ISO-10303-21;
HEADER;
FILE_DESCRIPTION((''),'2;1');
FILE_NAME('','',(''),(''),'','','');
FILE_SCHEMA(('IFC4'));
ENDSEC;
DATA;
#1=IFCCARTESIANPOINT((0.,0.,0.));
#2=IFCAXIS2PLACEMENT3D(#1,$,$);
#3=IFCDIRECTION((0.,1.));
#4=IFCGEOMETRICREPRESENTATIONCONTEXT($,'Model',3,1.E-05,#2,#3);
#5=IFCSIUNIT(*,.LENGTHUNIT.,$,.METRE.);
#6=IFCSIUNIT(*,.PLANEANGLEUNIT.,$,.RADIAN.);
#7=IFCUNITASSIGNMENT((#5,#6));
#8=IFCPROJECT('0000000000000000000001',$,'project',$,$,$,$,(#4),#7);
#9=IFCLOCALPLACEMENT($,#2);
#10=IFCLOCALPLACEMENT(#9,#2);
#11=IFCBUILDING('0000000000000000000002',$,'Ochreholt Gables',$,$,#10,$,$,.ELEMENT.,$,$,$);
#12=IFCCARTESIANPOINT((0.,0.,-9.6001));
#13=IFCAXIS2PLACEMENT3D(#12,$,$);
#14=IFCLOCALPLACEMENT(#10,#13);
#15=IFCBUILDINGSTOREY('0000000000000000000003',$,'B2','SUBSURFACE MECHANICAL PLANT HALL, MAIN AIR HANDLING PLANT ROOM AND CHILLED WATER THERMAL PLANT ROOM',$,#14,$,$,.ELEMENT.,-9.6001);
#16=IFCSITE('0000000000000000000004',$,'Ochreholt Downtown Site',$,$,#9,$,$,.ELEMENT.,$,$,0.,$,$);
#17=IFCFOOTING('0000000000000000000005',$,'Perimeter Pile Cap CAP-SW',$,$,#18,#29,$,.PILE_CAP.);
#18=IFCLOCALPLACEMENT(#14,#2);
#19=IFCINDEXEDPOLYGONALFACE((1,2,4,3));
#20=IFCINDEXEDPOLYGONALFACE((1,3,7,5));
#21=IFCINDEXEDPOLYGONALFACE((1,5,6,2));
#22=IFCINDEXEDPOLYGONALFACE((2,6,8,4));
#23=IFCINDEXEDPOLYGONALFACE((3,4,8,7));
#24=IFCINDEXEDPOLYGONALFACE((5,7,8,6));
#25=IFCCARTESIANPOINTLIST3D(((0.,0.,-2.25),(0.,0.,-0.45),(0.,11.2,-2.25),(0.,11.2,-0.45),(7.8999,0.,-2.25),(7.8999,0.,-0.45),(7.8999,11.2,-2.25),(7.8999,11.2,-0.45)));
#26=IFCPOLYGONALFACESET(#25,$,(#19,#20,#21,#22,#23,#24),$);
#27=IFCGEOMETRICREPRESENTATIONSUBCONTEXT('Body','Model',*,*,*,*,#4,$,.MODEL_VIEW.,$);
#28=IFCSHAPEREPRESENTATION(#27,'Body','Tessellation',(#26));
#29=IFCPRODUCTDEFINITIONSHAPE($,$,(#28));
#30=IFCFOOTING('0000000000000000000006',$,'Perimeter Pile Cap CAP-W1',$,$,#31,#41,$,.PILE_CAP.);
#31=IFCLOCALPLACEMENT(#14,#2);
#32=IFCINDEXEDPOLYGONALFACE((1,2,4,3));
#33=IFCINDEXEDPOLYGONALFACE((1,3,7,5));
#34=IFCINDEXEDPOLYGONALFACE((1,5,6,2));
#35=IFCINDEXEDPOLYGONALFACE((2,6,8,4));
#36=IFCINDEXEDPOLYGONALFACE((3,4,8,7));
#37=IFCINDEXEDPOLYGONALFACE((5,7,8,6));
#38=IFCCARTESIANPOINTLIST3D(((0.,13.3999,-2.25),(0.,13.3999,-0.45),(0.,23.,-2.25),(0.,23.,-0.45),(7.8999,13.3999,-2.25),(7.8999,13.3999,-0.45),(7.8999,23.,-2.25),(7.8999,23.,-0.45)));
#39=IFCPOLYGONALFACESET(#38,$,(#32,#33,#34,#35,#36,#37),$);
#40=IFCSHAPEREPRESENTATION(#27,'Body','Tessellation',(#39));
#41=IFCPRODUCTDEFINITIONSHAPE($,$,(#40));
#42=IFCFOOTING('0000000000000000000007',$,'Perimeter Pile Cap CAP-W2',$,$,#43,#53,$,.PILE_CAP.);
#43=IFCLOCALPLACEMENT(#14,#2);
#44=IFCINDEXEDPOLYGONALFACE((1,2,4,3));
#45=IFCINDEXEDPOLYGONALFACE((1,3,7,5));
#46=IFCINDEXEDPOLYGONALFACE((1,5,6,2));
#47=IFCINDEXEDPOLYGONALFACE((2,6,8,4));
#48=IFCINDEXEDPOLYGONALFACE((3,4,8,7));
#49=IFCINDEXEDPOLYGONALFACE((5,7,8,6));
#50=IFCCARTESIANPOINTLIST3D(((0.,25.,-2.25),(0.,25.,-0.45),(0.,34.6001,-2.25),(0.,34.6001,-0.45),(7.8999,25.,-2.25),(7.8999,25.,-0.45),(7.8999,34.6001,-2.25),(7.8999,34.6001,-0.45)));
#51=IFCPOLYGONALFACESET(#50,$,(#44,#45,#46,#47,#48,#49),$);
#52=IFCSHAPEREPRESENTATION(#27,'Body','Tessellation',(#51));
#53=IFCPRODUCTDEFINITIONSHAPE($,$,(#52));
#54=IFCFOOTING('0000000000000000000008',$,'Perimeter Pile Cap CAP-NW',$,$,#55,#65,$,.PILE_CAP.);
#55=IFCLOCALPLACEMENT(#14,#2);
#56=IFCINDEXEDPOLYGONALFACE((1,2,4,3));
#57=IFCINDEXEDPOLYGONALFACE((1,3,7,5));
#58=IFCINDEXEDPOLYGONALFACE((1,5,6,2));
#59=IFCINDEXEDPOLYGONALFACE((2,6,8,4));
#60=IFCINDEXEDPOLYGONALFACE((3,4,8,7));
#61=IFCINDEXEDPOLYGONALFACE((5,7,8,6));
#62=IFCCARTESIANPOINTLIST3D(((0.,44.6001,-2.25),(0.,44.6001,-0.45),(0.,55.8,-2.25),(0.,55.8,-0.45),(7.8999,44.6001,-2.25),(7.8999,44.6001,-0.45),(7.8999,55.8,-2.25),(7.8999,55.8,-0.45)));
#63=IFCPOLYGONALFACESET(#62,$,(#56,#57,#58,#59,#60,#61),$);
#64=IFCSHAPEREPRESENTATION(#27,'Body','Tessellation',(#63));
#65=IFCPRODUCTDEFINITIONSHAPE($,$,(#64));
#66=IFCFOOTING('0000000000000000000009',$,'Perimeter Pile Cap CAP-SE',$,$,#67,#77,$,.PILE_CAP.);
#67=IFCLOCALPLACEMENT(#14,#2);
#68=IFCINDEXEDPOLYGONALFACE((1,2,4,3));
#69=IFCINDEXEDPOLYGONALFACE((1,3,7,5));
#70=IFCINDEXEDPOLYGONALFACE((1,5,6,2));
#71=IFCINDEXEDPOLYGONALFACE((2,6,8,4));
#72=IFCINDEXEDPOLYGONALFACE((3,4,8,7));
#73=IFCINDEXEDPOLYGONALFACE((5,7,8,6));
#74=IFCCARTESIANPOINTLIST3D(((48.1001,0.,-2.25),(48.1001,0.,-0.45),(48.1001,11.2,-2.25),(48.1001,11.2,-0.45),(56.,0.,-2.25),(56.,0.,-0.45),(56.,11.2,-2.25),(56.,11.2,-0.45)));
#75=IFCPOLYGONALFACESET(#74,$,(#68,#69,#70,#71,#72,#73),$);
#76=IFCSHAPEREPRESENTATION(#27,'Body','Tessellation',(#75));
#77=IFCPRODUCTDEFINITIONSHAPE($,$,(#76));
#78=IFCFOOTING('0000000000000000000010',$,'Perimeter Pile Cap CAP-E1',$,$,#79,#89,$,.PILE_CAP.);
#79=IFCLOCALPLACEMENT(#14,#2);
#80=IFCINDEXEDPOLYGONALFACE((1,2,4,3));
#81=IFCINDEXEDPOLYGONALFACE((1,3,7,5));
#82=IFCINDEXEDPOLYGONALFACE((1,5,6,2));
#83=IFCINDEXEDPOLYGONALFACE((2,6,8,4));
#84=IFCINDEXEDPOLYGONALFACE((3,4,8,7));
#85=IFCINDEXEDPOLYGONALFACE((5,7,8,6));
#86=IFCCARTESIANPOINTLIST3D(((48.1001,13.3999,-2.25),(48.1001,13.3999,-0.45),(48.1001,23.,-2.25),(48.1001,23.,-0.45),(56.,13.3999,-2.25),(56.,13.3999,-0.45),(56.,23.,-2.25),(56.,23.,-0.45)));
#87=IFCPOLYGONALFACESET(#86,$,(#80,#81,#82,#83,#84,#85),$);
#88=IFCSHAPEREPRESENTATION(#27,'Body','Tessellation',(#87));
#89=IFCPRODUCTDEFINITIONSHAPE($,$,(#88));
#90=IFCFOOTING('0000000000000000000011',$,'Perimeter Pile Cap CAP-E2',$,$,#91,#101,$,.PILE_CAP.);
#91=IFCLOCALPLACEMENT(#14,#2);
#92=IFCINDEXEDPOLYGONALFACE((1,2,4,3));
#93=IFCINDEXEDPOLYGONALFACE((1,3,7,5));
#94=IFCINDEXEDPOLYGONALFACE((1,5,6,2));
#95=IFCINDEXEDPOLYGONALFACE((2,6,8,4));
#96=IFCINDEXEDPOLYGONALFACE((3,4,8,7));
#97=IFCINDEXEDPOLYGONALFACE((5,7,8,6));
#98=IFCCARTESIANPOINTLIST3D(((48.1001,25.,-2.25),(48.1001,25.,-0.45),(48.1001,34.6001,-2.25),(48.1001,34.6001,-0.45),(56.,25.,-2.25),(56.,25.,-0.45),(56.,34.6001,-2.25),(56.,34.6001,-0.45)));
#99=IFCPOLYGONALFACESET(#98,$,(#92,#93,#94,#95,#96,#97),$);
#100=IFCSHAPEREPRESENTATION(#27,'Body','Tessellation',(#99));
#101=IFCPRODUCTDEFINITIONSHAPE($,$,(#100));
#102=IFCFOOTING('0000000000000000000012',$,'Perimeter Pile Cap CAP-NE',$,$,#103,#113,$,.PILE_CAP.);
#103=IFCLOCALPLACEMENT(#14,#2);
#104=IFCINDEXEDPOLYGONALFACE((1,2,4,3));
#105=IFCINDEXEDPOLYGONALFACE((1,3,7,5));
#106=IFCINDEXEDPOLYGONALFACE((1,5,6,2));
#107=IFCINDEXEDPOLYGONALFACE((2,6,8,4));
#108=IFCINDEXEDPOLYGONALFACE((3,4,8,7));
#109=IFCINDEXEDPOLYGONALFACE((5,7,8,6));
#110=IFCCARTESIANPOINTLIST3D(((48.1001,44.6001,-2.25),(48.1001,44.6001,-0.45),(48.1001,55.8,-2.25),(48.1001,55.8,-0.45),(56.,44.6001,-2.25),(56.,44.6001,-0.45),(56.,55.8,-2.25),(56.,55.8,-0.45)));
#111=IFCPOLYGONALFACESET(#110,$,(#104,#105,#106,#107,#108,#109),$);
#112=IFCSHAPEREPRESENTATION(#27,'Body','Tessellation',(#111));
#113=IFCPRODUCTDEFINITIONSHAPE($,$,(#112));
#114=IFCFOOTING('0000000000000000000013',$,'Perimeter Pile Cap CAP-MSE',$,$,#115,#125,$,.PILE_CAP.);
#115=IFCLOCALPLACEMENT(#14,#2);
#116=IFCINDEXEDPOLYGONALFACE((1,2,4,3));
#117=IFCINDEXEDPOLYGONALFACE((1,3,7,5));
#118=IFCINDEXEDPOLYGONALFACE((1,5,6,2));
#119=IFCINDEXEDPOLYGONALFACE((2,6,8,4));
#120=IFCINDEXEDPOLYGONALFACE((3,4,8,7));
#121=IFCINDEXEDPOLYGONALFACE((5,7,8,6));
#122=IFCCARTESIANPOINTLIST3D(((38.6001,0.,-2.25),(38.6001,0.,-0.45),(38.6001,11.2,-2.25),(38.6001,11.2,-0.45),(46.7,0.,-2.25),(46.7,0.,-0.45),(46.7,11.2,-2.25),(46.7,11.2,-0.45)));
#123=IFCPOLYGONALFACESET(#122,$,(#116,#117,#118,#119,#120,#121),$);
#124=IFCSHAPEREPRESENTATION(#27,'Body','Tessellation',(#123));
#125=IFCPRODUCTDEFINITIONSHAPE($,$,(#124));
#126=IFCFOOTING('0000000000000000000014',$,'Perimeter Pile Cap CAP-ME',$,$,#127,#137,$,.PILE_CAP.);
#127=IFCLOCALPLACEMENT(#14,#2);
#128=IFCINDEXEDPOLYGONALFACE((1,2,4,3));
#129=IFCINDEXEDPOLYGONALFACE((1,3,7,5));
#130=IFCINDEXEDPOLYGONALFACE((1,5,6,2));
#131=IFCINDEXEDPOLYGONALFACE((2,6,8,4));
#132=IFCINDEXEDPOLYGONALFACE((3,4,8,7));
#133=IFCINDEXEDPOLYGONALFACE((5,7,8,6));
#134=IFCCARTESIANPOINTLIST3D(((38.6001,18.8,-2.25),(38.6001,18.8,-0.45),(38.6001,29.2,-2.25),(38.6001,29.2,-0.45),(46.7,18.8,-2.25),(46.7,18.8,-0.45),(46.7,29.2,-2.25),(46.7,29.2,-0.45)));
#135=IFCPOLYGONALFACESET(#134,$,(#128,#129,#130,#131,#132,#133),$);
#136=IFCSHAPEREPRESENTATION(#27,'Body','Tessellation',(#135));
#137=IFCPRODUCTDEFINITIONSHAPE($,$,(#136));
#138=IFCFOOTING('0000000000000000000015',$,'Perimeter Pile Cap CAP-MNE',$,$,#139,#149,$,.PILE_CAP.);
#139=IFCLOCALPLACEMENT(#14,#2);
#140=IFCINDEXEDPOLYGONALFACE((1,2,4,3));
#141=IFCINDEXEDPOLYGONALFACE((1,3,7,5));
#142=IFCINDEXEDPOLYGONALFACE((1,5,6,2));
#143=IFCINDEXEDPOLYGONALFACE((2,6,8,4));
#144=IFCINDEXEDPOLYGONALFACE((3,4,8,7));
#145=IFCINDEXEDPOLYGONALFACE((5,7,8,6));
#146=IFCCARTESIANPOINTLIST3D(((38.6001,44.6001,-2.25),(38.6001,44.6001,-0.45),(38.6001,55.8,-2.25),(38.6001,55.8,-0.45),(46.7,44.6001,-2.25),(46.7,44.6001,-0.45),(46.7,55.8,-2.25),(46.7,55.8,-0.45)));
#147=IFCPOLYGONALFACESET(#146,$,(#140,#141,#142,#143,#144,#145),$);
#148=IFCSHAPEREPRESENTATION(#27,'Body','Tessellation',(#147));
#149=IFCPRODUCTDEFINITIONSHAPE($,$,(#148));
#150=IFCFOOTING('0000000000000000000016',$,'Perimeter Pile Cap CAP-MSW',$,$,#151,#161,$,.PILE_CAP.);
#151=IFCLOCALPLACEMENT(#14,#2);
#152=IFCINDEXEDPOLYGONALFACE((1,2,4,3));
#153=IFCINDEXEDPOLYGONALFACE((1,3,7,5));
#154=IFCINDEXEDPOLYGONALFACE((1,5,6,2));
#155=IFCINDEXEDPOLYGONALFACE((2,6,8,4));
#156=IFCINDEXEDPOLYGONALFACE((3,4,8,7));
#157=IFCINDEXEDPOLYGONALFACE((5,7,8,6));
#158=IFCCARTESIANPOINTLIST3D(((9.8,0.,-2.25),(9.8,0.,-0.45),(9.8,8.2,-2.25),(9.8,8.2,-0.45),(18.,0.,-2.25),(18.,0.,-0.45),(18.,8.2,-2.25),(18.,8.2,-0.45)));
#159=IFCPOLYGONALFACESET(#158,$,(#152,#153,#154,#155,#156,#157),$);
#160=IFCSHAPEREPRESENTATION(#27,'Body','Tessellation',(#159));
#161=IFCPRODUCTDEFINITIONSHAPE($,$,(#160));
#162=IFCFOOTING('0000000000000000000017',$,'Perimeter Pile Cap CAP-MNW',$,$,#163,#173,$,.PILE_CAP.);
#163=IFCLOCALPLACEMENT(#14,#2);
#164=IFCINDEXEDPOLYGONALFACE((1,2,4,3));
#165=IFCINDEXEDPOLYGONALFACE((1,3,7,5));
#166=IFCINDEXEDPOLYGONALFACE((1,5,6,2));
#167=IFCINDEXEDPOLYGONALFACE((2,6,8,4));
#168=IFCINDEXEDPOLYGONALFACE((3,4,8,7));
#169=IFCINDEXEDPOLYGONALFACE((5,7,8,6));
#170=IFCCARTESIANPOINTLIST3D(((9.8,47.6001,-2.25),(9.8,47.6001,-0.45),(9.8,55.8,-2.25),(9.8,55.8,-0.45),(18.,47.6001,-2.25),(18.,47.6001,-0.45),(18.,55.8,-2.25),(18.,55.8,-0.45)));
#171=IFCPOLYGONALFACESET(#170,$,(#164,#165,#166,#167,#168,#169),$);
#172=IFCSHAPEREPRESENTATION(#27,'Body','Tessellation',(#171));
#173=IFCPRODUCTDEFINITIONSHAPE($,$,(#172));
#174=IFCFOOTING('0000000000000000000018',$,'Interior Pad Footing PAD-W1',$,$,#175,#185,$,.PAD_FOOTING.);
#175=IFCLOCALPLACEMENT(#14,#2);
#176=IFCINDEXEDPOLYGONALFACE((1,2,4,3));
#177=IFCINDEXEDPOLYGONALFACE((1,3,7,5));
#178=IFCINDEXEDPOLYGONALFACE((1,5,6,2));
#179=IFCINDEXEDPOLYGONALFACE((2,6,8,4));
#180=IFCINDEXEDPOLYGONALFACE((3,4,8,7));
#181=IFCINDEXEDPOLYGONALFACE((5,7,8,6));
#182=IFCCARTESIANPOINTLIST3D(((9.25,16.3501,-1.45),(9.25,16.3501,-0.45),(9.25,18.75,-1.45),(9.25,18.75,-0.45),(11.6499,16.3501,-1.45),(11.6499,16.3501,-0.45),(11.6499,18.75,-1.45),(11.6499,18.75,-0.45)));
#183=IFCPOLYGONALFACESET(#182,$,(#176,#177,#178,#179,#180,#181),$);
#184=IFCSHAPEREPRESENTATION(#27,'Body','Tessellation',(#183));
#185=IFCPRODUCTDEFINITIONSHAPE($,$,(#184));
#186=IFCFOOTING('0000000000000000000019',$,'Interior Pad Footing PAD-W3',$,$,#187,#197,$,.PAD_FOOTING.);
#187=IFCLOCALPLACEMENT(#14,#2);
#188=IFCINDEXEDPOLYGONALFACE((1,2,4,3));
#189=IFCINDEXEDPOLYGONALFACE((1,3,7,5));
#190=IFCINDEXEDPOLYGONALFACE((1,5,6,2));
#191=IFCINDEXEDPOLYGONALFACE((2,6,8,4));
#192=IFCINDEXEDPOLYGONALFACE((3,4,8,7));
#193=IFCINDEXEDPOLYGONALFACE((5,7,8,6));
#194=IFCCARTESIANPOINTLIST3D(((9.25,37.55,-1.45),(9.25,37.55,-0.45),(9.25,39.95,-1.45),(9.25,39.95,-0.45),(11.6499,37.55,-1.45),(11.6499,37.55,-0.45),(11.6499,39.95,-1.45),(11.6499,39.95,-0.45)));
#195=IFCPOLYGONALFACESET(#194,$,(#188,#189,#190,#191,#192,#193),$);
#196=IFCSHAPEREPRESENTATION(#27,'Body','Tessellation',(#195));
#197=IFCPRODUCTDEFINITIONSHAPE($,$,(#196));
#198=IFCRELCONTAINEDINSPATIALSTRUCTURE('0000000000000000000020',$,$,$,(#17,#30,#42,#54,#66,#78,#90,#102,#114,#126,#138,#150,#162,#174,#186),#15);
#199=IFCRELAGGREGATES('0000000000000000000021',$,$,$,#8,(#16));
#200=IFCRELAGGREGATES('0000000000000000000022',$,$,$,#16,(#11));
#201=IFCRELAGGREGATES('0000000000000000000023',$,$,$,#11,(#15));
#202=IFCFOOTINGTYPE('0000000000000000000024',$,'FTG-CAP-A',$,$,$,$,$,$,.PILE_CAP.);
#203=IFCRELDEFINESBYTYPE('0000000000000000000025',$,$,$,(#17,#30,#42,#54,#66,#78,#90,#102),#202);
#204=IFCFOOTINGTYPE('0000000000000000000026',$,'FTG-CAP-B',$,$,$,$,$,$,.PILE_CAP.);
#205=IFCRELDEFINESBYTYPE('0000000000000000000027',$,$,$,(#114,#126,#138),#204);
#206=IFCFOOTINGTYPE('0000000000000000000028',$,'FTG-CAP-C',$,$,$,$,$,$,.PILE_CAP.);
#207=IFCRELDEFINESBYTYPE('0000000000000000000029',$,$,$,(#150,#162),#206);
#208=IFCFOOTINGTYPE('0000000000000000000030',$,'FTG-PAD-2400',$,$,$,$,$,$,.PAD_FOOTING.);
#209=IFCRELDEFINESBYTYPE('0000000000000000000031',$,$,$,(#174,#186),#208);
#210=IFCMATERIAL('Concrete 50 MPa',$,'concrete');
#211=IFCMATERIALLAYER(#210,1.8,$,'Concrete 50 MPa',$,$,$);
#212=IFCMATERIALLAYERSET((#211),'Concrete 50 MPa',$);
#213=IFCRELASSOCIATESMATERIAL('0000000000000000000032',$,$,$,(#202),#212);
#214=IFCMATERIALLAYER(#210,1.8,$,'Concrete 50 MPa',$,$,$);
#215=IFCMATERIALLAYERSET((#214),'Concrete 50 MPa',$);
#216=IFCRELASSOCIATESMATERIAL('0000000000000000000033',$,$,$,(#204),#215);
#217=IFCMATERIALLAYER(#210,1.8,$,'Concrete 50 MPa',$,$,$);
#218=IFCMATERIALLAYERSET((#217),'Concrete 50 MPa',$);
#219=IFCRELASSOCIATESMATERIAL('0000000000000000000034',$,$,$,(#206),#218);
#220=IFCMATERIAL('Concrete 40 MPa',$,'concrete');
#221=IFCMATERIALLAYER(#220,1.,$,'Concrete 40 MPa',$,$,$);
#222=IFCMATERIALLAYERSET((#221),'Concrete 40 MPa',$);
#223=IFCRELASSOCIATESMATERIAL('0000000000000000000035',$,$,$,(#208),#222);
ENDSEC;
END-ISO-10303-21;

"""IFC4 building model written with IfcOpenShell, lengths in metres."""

from ifc_helpers import new_model, si_unit, direction, frame, origin, place, context, subcontext, project, spatial, polyline, outline, extrude, material, layer, layer_set, type_object, element, save


model = new_model("IFC4")

# Units and contexts
model_context = context("Model", 3, precision=1e-05, world=origin(), true_north=direction((0.0, 1.0)))
body_context = subcontext(model_context, "Body", "Model", "MODEL_VIEW")
ifc_project = project(units=[si_unit("LENGTHUNIT", "METRE"), si_unit("PLANEANGLEUNIT", "RADIAN")], contexts=[model_context])

# Site, building, storey
site_placement = place(None, origin())
site = spatial("IfcSite", under=ifc_project, at=site_placement, Name="Ochreholt Downtown Site", CompositionType="ELEMENT", RefElevation=0.0)
building_placement = place(site_placement, origin())
building = spatial("IfcBuilding", under=site, at=building_placement, Name="Ochreholt Gables", CompositionType="ELEMENT")
storey_placement = place(building_placement, frame((0.0, 0.0, -9.6001)))
storey = spatial("IfcBuildingStorey", under=building, at=storey_placement, Name="B2", Description="SUBSURFACE MECHANICAL PLANT HALL, MAIN AIR HANDLING PLANT ROOM AND CHILLED WATER THERMAL PLANT ROOM", CompositionType="ELEMENT", Elevation=-9.6001)

# Footings
ifc_material_1 = material(Name="Concrete 50 MPa", Category="concrete")
ifc_layer_1 = layer(ifc_material_1, 1.8, Name="Concrete 50 MPa")
ifc_layer_set_1 = layer_set([ifc_layer_1], Name="Concrete 50 MPa")
footing_type_1 = type_object("IfcFootingType", Name="FTG-CAP-A", PredefinedType="PILE_CAP", material=ifc_layer_set_1)
footing_1_placement = place(storey_placement, frame((0.0, 0.0, -2.25)))
element("IfcFooting", 1, at=footing_1_placement, inside=storey, type_object=footing_type_1, Name="Perimeter Pile Cap CAP-SW", PredefinedType="PILE_CAP", context=body_context, shape_type="SweptSolid", body=[
    extrude(outline(polyline([(0.0, 0.0), (7.8999, 0.0), (7.8999, 11.2), (0.0, 11.2), (0.0, 0.0)])), origin(), (0.0, 0.0, 1.0), 1.8),
])
footing_2_placement = place(storey_placement, frame((0.0, 0.0, -2.25)))
element("IfcFooting", 2, at=footing_2_placement, inside=storey, type_object=footing_type_1, Name="Perimeter Pile Cap CAP-W1", PredefinedType="PILE_CAP", context=body_context, shape_type="SweptSolid", body=[
    extrude(outline(polyline([(0.0, 13.3999), (7.8999, 13.3999), (7.8999, 23.0), (0.0, 23.0), (0.0, 13.3999)])), origin(), (0.0, 0.0, 1.0), 1.8),
])
footing_3_placement = place(storey_placement, frame((0.0, 0.0, -2.25)))
element("IfcFooting", 3, at=footing_3_placement, inside=storey, type_object=footing_type_1, Name="Perimeter Pile Cap CAP-W2", PredefinedType="PILE_CAP", context=body_context, shape_type="SweptSolid", body=[
    extrude(outline(polyline([(0.0, 25.0), (7.8999, 25.0), (7.8999, 34.6001), (0.0, 34.6001), (0.0, 25.0)])), origin(), (0.0, 0.0, 1.0), 1.8),
])
footing_4_placement = place(storey_placement, frame((0.0, 0.0, -2.25)))
element("IfcFooting", 4, at=footing_4_placement, inside=storey, type_object=footing_type_1, Name="Perimeter Pile Cap CAP-NW", PredefinedType="PILE_CAP", context=body_context, shape_type="SweptSolid", body=[
    extrude(outline(polyline([(0.0, 44.6001), (7.8999, 44.6001), (7.8999, 55.8), (0.0, 55.8), (0.0, 44.6001)])), origin(), (0.0, 0.0, 1.0), 1.8),
])
footing_5_placement = place(storey_placement, frame((0.0, 0.0, -2.25)))
element("IfcFooting", 5, at=footing_5_placement, inside=storey, type_object=footing_type_1, Name="Perimeter Pile Cap CAP-SE", PredefinedType="PILE_CAP", context=body_context, shape_type="SweptSolid", body=[
    extrude(outline(polyline([(48.1001, 0.0), (56.0, 0.0), (56.0, 11.2), (48.1001, 11.2), (48.1001, 0.0)])), origin(), (0.0, 0.0, 1.0), 1.8),
])
footing_6_placement = place(storey_placement, frame((0.0, 0.0, -2.25)))
element("IfcFooting", 6, at=footing_6_placement, inside=storey, type_object=footing_type_1, Name="Perimeter Pile Cap CAP-E1", PredefinedType="PILE_CAP", context=body_context, shape_type="SweptSolid", body=[
    extrude(outline(polyline([(48.1001, 13.3999), (56.0, 13.3999), (56.0, 23.0), (48.1001, 23.0), (48.1001, 13.3999)])), origin(), (0.0, 0.0, 1.0), 1.8),
])
footing_7_placement = place(storey_placement, frame((0.0, 0.0, -2.25)))
element("IfcFooting", 7, at=footing_7_placement, inside=storey, type_object=footing_type_1, Name="Perimeter Pile Cap CAP-E2", PredefinedType="PILE_CAP", context=body_context, shape_type="SweptSolid", body=[
    extrude(outline(polyline([(48.1001, 25.0), (56.0, 25.0), (56.0, 34.6001), (48.1001, 34.6001), (48.1001, 25.0)])), origin(), (0.0, 0.0, 1.0), 1.8),
])
footing_8_placement = place(storey_placement, frame((0.0, 0.0, -2.25)))
element("IfcFooting", 8, at=footing_8_placement, inside=storey, type_object=footing_type_1, Name="Perimeter Pile Cap CAP-NE", PredefinedType="PILE_CAP", context=body_context, shape_type="SweptSolid", body=[
    extrude(outline(polyline([(48.1001, 44.6001), (56.0, 44.6001), (56.0, 55.8), (48.1001, 55.8), (48.1001, 44.6001)])), origin(), (0.0, 0.0, 1.0), 1.8),
])
ifc_layer_2 = layer(ifc_material_1, 1.8, Name="Concrete 50 MPa")
ifc_layer_set_2 = layer_set([ifc_layer_2], Name="Concrete 50 MPa")
footing_type_2 = type_object("IfcFootingType", Name="FTG-CAP-B", PredefinedType="PILE_CAP", material=ifc_layer_set_2)
footing_9_placement = place(storey_placement, frame((0.0, 0.0, -2.25)))
element("IfcFooting", 9, at=footing_9_placement, inside=storey, type_object=footing_type_2, Name="Perimeter Pile Cap CAP-MSE", PredefinedType="PILE_CAP", context=body_context, shape_type="SweptSolid", body=[
    extrude(outline(polyline([(38.6001, 0.0), (46.7, 0.0), (46.7, 11.2), (38.6001, 11.2), (38.6001, 0.0)])), origin(), (0.0, 0.0, 1.0), 1.8),
])
footing_10_placement = place(storey_placement, frame((0.0, 0.0, -2.25)))
element("IfcFooting", 10, at=footing_10_placement, inside=storey, type_object=footing_type_2, Name="Perimeter Pile Cap CAP-ME", PredefinedType="PILE_CAP", context=body_context, shape_type="SweptSolid", body=[
    extrude(outline(polyline([(38.6001, 18.8), (46.7, 18.8), (46.7, 29.2), (38.6001, 29.2), (38.6001, 18.8)])), origin(), (0.0, 0.0, 1.0), 1.8),
])
footing_11_placement = place(storey_placement, frame((0.0, 0.0, -2.25)))
element("IfcFooting", 11, at=footing_11_placement, inside=storey, type_object=footing_type_2, Name="Perimeter Pile Cap CAP-MNE", PredefinedType="PILE_CAP", context=body_context, shape_type="SweptSolid", body=[
    extrude(outline(polyline([(38.6001, 44.6001), (46.7, 44.6001), (46.7, 55.8), (38.6001, 55.8), (38.6001, 44.6001)])), origin(), (0.0, 0.0, 1.0), 1.8),
])
ifc_layer_3 = layer(ifc_material_1, 1.8, Name="Concrete 50 MPa")
ifc_layer_set_3 = layer_set([ifc_layer_3], Name="Concrete 50 MPa")
footing_type_3 = type_object("IfcFootingType", Name="FTG-CAP-C", PredefinedType="PILE_CAP", material=ifc_layer_set_3)
footing_12_placement = place(storey_placement, frame((0.0, 0.0, -2.25)))
element("IfcFooting", 12, at=footing_12_placement, inside=storey, type_object=footing_type_3, Name="Perimeter Pile Cap CAP-MSW", PredefinedType="PILE_CAP", context=body_context, shape_type="SweptSolid", body=[
    extrude(outline(polyline([(9.8, 0.0), (18.0, 0.0), (18.0, 8.2), (9.8, 8.2), (9.8, 0.0)])), origin(), (0.0, 0.0, 1.0), 1.8),
])
footing_13_placement = place(storey_placement, frame((0.0, 0.0, -2.25)))
element("IfcFooting", 13, at=footing_13_placement, inside=storey, type_object=footing_type_3, Name="Perimeter Pile Cap CAP-MNW", PredefinedType="PILE_CAP", context=body_context, shape_type="SweptSolid", body=[
    extrude(outline(polyline([(9.8, 47.6001), (18.0, 47.6001), (18.0, 55.8), (9.8, 55.8), (9.8, 47.6001)])), origin(), (0.0, 0.0, 1.0), 1.8),
])
ifc_material_2 = material(Name="Concrete 40 MPa", Category="concrete")
ifc_layer_4 = layer(ifc_material_2, 1.0, Name="Concrete 40 MPa")
ifc_layer_set_4 = layer_set([ifc_layer_4], Name="Concrete 40 MPa")
footing_type_4 = type_object("IfcFootingType", Name="FTG-PAD-2400", PredefinedType="PAD_FOOTING", material=ifc_layer_set_4)
footing_14_placement = place(storey_placement, frame((0.0, 0.0, -1.45)))
element("IfcFooting", 14, at=footing_14_placement, inside=storey, type_object=footing_type_4, Name="Interior Pad Footing PAD-W1", PredefinedType="PAD_FOOTING", context=body_context, shape_type="SweptSolid", body=[
    extrude(outline(polyline([(9.25, 16.3501), (11.6499, 16.3501), (11.6499, 18.75), (9.25, 18.75), (9.25, 16.3501)])), origin(), (0.0, 0.0, 1.0), 1.0),
])
footing_15_placement = place(storey_placement, frame((0.0, 0.0, -1.45)))
element("IfcFooting", 15, at=footing_15_placement, inside=storey, type_object=footing_type_4, Name="Interior Pad Footing PAD-W3", PredefinedType="PAD_FOOTING", context=body_context, shape_type="SweptSolid", body=[
    extrude(outline(polyline([(9.25, 37.55), (11.6499, 37.55), (11.6499, 39.95), (9.25, 39.95), (9.25, 37.55)])), origin(), (0.0, 0.0, 1.0), 1.0),
])

save(model, "model.ifc")
